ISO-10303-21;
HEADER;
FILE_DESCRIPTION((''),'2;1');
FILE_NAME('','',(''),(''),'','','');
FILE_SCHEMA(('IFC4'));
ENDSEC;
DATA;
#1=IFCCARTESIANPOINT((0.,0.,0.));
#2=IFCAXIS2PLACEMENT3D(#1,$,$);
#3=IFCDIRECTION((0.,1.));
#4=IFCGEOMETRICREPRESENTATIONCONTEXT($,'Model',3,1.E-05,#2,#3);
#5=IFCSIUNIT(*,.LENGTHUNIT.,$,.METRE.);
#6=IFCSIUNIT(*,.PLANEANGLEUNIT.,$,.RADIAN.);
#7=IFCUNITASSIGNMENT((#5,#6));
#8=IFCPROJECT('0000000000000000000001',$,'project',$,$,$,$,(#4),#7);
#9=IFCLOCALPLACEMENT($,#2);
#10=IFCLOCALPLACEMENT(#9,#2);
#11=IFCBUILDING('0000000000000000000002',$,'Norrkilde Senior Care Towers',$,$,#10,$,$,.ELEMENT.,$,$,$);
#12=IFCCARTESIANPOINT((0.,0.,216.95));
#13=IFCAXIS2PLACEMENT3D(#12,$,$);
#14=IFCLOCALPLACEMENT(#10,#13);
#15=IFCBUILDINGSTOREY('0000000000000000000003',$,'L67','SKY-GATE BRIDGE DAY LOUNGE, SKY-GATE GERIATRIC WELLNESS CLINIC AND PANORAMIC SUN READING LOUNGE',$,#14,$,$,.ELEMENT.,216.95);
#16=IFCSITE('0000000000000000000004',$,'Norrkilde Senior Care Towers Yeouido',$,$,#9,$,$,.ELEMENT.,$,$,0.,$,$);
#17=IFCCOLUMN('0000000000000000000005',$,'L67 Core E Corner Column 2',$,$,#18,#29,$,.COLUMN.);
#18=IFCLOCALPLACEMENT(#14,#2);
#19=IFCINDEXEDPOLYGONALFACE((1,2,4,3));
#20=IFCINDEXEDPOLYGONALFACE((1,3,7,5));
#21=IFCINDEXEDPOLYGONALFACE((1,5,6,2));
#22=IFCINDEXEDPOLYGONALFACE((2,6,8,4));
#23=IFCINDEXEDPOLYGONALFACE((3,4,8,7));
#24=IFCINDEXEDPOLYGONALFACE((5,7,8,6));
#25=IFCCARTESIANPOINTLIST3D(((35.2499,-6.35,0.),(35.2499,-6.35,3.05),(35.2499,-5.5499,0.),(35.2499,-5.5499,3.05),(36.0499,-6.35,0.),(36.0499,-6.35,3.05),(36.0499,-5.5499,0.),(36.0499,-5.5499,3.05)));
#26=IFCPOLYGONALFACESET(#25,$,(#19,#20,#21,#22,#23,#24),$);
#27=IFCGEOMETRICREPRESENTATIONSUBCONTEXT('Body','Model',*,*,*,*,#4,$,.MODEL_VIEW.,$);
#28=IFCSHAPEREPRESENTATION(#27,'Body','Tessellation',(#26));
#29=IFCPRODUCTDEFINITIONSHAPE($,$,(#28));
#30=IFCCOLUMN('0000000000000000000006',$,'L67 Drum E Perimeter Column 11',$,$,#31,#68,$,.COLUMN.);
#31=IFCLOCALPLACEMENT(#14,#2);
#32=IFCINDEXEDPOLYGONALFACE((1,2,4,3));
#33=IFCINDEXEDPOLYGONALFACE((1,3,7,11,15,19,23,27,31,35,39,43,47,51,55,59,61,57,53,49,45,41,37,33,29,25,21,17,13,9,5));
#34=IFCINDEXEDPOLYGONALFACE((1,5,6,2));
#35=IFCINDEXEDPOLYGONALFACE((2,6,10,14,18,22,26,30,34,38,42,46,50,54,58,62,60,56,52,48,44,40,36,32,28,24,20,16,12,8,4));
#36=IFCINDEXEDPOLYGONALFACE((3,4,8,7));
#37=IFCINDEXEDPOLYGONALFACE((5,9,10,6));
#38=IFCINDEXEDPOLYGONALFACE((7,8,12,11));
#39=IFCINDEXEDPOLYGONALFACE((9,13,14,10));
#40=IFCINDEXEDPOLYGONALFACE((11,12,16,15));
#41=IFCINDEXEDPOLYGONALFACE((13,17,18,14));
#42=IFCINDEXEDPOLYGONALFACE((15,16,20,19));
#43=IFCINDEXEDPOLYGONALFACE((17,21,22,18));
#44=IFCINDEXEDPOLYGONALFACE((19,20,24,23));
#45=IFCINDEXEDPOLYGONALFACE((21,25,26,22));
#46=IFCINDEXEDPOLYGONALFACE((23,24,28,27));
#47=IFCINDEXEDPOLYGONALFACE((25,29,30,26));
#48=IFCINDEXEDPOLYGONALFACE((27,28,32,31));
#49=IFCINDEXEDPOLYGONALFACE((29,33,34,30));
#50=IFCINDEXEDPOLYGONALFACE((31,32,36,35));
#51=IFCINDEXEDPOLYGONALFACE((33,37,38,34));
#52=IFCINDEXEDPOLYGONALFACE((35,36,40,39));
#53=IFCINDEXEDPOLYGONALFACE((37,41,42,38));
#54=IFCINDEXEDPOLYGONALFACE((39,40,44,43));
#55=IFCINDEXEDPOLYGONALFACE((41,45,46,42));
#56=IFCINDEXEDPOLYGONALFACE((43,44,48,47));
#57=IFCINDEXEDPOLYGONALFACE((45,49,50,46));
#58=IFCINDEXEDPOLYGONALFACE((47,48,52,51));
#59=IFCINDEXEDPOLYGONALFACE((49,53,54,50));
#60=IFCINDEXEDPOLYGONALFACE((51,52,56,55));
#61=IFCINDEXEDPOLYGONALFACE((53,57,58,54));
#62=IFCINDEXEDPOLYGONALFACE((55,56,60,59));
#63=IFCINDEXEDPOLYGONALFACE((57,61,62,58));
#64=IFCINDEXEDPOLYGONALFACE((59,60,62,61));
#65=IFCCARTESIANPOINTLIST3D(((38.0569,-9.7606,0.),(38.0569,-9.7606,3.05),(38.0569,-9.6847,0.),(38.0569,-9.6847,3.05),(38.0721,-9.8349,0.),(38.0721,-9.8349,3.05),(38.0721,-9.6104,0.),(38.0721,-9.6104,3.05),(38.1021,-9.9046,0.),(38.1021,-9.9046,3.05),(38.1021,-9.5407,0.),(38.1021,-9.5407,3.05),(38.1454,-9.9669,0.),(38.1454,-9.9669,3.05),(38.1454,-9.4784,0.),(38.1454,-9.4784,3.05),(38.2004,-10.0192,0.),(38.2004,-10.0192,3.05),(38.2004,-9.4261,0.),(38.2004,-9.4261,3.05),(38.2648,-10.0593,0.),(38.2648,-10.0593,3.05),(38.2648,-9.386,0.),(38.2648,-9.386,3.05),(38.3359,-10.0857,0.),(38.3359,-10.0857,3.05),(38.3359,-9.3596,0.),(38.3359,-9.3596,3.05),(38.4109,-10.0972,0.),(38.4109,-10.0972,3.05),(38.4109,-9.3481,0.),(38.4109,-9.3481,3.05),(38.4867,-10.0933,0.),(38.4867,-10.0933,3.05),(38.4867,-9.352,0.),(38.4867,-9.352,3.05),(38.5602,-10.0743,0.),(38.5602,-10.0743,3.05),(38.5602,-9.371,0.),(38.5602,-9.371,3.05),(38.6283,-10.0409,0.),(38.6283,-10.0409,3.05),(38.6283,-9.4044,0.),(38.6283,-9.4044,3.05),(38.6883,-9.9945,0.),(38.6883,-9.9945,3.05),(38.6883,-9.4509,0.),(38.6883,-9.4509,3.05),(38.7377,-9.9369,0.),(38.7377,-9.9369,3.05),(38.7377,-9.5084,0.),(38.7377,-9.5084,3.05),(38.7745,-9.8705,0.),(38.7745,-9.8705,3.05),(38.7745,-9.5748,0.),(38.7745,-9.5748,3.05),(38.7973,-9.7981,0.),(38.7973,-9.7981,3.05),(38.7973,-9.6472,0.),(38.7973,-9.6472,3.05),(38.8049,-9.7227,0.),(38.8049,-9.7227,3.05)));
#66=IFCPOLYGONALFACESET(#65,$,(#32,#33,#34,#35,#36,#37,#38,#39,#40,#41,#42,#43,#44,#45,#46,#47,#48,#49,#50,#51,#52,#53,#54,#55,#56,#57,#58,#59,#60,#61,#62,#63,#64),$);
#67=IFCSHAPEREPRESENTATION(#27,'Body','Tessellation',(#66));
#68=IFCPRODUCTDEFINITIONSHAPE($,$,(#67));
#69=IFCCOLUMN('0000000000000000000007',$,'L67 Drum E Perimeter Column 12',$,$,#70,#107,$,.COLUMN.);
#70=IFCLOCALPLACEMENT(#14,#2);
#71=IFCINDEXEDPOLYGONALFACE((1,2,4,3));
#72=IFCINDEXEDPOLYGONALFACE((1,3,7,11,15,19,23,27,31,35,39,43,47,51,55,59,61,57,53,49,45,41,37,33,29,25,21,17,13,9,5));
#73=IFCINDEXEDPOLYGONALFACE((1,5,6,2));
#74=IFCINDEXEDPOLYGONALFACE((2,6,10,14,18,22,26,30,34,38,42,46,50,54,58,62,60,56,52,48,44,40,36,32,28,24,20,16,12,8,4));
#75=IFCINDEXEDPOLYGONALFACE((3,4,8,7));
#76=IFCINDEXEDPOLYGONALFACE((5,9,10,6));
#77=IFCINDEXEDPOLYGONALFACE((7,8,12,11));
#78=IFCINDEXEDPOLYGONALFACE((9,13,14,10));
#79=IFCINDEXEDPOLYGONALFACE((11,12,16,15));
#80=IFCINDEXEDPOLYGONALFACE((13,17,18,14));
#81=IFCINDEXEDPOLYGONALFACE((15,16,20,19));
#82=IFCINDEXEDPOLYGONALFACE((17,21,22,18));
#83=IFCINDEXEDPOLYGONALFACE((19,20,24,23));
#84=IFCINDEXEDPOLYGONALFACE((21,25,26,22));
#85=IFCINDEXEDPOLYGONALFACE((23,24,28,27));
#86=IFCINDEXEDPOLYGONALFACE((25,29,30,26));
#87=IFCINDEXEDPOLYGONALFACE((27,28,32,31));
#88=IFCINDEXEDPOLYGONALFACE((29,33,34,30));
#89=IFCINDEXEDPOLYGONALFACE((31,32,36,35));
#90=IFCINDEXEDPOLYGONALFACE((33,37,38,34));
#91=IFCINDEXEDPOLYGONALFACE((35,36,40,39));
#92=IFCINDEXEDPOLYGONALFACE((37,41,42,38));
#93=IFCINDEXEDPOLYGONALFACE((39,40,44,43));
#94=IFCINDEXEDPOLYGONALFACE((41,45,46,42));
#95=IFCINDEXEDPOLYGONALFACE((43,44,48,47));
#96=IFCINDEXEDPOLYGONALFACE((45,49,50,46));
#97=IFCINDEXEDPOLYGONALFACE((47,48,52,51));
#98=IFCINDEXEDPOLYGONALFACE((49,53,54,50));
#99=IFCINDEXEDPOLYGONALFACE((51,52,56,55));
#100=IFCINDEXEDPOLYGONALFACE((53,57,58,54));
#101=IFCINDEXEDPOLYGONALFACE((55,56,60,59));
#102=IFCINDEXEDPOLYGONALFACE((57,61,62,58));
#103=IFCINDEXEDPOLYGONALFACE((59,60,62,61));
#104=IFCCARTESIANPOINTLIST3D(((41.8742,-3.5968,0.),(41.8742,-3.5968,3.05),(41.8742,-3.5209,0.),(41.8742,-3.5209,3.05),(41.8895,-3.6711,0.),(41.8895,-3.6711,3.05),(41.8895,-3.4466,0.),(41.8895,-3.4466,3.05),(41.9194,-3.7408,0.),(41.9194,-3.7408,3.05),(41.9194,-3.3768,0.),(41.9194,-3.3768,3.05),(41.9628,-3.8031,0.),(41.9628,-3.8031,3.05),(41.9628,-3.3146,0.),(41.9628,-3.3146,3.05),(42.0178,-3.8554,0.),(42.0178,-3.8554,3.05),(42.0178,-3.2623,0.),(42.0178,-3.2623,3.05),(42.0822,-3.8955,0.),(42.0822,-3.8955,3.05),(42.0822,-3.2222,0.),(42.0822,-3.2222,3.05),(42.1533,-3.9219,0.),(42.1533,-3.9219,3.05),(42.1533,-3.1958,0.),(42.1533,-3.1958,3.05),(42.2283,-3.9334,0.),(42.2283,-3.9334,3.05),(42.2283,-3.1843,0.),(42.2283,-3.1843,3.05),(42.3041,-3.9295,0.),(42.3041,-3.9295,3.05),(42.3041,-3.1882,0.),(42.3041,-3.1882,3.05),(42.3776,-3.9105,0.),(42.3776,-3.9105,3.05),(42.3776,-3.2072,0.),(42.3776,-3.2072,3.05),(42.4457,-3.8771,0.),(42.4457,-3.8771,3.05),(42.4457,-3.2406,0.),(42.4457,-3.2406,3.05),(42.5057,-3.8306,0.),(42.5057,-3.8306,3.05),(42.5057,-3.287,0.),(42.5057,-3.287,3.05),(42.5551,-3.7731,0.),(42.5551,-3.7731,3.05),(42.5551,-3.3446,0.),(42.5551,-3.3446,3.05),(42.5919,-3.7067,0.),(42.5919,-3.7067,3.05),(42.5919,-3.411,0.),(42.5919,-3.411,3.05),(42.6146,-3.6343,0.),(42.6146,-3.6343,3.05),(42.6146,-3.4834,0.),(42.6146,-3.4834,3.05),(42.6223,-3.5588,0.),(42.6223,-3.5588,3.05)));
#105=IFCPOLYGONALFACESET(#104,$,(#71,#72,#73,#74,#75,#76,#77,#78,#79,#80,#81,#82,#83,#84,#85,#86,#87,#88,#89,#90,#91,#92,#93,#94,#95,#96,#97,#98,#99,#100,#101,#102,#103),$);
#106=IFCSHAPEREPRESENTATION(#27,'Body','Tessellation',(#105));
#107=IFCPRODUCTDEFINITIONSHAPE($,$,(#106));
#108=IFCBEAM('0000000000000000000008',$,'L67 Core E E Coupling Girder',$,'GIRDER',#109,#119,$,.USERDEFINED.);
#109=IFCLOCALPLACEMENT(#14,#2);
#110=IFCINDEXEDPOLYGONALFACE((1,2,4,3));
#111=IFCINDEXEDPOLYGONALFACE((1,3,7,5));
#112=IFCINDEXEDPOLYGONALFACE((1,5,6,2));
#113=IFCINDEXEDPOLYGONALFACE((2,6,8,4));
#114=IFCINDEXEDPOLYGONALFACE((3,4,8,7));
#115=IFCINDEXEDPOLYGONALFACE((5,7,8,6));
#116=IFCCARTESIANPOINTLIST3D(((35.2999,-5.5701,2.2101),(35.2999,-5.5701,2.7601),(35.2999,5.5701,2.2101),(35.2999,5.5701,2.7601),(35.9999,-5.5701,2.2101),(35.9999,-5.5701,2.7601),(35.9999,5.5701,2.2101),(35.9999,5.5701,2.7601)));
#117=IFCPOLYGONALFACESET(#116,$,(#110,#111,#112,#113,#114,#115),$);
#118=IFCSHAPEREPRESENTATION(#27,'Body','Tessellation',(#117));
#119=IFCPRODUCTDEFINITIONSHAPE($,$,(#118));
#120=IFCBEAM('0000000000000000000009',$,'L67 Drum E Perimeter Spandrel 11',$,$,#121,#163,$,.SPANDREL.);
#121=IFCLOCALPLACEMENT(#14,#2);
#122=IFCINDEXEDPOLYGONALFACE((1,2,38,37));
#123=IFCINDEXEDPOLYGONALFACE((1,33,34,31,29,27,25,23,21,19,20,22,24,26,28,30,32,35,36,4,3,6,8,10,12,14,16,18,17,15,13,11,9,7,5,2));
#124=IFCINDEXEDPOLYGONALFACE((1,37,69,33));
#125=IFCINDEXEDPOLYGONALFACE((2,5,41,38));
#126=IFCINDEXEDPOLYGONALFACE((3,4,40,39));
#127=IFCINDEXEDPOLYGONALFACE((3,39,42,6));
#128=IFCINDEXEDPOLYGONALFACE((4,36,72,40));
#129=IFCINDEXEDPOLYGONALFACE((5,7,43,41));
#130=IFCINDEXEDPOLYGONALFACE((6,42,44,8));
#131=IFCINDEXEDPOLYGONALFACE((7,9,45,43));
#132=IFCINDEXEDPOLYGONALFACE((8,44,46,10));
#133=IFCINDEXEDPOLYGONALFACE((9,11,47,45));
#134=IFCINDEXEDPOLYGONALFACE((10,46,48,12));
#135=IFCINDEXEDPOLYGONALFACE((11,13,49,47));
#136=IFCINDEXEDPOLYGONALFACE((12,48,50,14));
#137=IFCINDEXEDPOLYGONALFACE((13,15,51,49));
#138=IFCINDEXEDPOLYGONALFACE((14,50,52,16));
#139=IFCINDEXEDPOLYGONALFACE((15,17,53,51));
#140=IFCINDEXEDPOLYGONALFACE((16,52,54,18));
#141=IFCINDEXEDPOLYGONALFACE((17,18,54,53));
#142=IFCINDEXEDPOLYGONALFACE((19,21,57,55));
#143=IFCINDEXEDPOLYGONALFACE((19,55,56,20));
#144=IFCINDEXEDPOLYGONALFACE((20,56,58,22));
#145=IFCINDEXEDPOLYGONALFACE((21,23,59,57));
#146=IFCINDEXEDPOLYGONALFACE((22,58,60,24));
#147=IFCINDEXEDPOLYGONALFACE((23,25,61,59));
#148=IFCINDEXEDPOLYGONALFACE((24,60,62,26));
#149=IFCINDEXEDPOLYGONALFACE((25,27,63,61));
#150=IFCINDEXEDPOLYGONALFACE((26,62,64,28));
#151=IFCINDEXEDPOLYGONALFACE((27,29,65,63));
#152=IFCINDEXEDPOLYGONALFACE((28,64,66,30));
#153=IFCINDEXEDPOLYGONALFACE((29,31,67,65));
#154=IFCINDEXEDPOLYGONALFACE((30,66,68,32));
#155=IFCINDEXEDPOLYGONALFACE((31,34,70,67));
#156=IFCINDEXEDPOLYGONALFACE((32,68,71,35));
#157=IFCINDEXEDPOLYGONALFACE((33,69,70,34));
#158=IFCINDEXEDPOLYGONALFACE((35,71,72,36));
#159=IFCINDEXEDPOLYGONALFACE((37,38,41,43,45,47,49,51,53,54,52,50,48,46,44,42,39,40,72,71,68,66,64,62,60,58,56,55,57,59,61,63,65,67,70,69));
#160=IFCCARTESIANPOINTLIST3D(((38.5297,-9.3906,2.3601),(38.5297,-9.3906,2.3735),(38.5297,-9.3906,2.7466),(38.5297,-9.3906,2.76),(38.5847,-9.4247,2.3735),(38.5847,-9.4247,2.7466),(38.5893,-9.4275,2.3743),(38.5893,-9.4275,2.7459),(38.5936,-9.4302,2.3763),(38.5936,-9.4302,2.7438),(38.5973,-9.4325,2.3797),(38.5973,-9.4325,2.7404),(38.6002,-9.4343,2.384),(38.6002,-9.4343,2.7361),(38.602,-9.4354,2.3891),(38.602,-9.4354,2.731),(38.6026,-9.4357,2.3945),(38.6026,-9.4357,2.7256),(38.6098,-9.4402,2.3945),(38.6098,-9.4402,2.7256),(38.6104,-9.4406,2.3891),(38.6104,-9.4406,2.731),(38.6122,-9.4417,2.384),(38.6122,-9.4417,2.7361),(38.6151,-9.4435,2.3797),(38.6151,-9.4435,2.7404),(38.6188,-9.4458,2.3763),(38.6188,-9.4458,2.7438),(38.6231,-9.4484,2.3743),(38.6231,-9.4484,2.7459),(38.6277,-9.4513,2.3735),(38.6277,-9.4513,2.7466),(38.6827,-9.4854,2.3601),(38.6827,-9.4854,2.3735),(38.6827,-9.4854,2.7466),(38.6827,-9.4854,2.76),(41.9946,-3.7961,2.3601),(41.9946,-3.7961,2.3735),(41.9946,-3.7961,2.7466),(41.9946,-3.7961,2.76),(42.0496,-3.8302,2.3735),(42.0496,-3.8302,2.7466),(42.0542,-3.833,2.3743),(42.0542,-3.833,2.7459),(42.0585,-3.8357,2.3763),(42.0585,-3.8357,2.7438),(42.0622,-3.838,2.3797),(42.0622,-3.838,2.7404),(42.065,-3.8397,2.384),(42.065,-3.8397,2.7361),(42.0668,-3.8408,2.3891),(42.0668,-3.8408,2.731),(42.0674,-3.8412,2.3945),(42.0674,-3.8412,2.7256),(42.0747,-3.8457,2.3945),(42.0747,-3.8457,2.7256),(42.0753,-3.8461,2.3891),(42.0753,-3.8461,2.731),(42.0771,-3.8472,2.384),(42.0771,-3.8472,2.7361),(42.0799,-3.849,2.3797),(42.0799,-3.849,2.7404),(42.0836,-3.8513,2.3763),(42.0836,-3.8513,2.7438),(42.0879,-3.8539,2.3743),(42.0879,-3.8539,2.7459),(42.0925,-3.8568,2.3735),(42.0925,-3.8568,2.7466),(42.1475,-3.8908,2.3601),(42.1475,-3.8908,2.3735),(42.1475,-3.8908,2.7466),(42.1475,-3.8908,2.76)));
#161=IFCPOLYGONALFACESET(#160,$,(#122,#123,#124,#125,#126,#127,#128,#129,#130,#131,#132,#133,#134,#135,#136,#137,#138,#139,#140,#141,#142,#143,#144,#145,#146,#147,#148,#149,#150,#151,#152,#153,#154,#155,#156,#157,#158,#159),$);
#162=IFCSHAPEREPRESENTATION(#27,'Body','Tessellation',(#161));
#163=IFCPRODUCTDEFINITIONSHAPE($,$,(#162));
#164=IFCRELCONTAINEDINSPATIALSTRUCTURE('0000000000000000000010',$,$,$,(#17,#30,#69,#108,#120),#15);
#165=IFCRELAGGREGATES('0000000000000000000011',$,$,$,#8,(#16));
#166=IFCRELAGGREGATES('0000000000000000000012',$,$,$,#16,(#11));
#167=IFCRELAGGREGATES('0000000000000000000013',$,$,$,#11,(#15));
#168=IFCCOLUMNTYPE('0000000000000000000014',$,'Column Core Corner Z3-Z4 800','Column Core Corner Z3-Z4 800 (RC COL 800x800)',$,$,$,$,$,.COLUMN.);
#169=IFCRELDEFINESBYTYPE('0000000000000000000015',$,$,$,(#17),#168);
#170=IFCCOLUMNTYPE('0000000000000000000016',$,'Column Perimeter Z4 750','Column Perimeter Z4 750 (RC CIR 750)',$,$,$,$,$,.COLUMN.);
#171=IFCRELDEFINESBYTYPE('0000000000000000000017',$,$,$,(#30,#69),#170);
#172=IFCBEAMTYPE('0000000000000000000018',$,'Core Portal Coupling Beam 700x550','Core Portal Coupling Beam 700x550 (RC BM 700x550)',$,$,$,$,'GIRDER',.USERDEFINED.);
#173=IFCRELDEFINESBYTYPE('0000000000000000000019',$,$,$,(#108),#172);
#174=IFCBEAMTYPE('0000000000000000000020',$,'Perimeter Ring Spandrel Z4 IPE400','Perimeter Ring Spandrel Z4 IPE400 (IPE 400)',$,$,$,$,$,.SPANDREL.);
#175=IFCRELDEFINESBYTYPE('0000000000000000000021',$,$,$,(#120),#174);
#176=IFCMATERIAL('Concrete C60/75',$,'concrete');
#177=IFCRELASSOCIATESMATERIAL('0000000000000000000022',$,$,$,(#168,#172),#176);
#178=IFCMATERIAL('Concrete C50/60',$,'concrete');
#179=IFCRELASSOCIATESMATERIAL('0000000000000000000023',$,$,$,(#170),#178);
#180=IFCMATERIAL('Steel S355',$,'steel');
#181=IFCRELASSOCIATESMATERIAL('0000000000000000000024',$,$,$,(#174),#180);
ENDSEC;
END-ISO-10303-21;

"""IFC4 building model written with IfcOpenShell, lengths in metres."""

from ifc_helpers import new_model, si_unit, direction, frame, origin, origin_2d, place, context, subcontext, project, spatial, rectangle, circle, i_section, extrude, source, transform, mapped, material, material_profile, profile_set, type_object, type_shapes, element, save


model = new_model("IFC4")

# Units and contexts
model_context = context("Model", 3, precision=1e-05, world=origin(), true_north=direction((0.0, 1.0)))
body_context = subcontext(model_context, "Body", "Model", "MODEL_VIEW")
ifc_project = project(units=[si_unit("LENGTHUNIT", "METRE"), si_unit("PLANEANGLEUNIT", "RADIAN")], contexts=[model_context])

# Site, building, storey
site_placement = place(None, origin())
site = spatial("IfcSite", under=ifc_project, at=site_placement, Name="Norrkilde Senior Care Towers Yeouido", CompositionType="ELEMENT", RefElevation=0.0)
building_placement = place(site_placement, origin())
building = spatial("IfcBuilding", under=site, at=building_placement, Name="Norrkilde Senior Care Towers", CompositionType="ELEMENT")
storey_placement = place(building_placement, frame((0.0, 0.0, 216.95)))
storey = spatial("IfcBuildingStorey", under=building, at=storey_placement, Name="L67", Description="SKY-GATE BRIDGE DAY LOUNGE, SKY-GATE GERIATRIC WELLNESS CLINIC AND PANORAMIC SUN READING LOUNGE", CompositionType="ELEMENT", Elevation=216.95)

# Columns
ifc_material_1 = material(Name="Concrete C60/75", Category="concrete")
ifc_material_profile_1 = material_profile(ifc_material_1, rectangle(XDim=0.8, YDim=0.8, at=origin_2d()), Name="RC COL 800x800")
ifc_profile_set_1 = profile_set([ifc_material_profile_1], Name="Concrete C60/75")
column_type_1 = type_object("IfcColumnType", Name="Column Core Corner Z3-Z4 800", Description="Column Core Corner Z3-Z4 800 (RC COL 800x800)", PredefinedType="COLUMN", material=ifc_profile_set_1)
shared_shape_1 = source(origin(), body_context, "Body", "SweptSolid", [
    extrude(rectangle(XDim=0.8, YDim=0.8, at=origin_2d()), origin(), (0.0, 0.0, 1.0), 3.05),
])
type_shapes(column_type_1, [shared_shape_1])
column_placement = place(storey_placement, frame((35.6499, -5.95, 0.0), z_axis=(0.0, 0.0, 1.0), x_axis=(1.0, 0.0, 0.0)))
element("IfcColumn", 1, at=column_placement, inside=storey, type_object=column_type_1, Name="L67 Core E Corner Column 2", PredefinedType="COLUMN", context=body_context, shape_type="MappedRepresentation", body=[
    mapped(shared_shape_1, transform((0.0, 0.0, 0.0), x_axis=(1.0, 0.0, 0.0), y_axis=(0.0, 1.0, 0.0), z_axis=(0.0, 0.0, 1.0), scale=1.0)),
])
ifc_material_2 = material(Name="Concrete C50/60", Category="concrete")
ifc_material_profile_2 = material_profile(ifc_material_2, circle(Radius=0.375, at=origin_2d()), Name="RC CIR 750")
ifc_profile_set_2 = profile_set([ifc_material_profile_2], Name="Concrete C50/60")
column_type_2 = type_object("IfcColumnType", Name="Column Perimeter Z4 750", Description="Column Perimeter Z4 750 (RC CIR 750)", PredefinedType="COLUMN", material=ifc_profile_set_2)
shared_shape_2 = source(origin(), body_context, "Body", "SweptSolid", [
    extrude(circle(Radius=0.375, at=origin_2d()), origin(), (0.0, 0.0, 1.0), 3.05),
])
type_shapes(column_type_2, [shared_shape_2])
for number, where, z_axis, x_axis, name in (
    (2, (38.4299, -9.7227, 0.0), (0.0, 0.0, 1.0), (1.0, 0.0, 0.0), "L67 Drum E Perimeter Column 11"),
    (3, (42.2473, -3.5588, 0.0), (0.0, 0.0, 1.0), (1.0, 0.0, 0.0), "L67 Drum E Perimeter Column 12"),
):
    element("IfcColumn", number, at=place(storey_placement, frame(where, z_axis=z_axis, x_axis=x_axis)), inside=storey, type_object=column_type_2, Name=name, PredefinedType="COLUMN", context=body_context, shape_type="MappedRepresentation", body=[
        mapped(shared_shape_2, transform((0.0, 0.0, 0.0), x_axis=(1.0, 0.0, 0.0), y_axis=(0.0, 1.0, 0.0), z_axis=(0.0, 0.0, 1.0), scale=1.0)),
    ])

# Beams
ifc_material_profile_3 = material_profile(ifc_material_1, rectangle(XDim=0.7, YDim=0.55, at=origin_2d()), Name="RC BM 700x550")
ifc_profile_set_3 = profile_set([ifc_material_profile_3], Name="Concrete C60/75")
beam_type_1 = type_object("IfcBeamType", Name="Core Portal Coupling Beam 700x550", Description="Core Portal Coupling Beam 700x550 (RC BM 700x550)", ElementType="GIRDER", PredefinedType="USERDEFINED", material=ifc_profile_set_3)
shared_shape_3 = source(origin(), body_context, "Body", "SweptSolid", [
    extrude(rectangle(XDim=0.7, YDim=0.55, at=origin_2d()), origin(), (0.0, 0.0, 1.0), 11.1401),
])
type_shapes(beam_type_1, [shared_shape_3])
beam_1_placement = place(storey_placement, frame((35.6499, -5.5701, 2.4851), z_axis=(0.0, 1.0, 0.0), x_axis=(-1.0, 0.0, 0.0)))
element("IfcBeam", 4, at=beam_1_placement, inside=storey, type_object=beam_type_1, Name="L67 Core E E Coupling Girder", ObjectType="GIRDER", PredefinedType="USERDEFINED", context=body_context, shape_type="MappedRepresentation", body=[
    mapped(shared_shape_3, transform((0.0, 0.0, 0.0), x_axis=(1.0, 0.0, 0.0), y_axis=(0.0, 1.0, 0.0), z_axis=(0.0, 0.0, 1.0), scale=1.0)),
])
ifc_material_3 = material(Name="Steel S355", Category="steel")
ifc_material_profile_4 = material_profile(ifc_material_3, i_section(OverallWidth=0.1799, OverallDepth=0.3999, WebThickness=0.0085, FlangeThickness=0.0134, FilletRadius=0.021, at=origin_2d()), Name="IPE 400")
ifc_profile_set_4 = profile_set([ifc_material_profile_4], Name="Steel S355")
beam_type_2 = type_object("IfcBeamType", Name="Perimeter Ring Spandrel Z4 IPE400", Description="Perimeter Ring Spandrel Z4 IPE400 (IPE 400)", PredefinedType="SPANDREL", material=ifc_profile_set_4)
shared_shape_4 = source(origin(), body_context, "Body", "SweptSolid", [
    extrude(i_section(OverallWidth=0.1799, OverallDepth=0.3999, WebThickness=0.0085, FlangeThickness=0.0134, FilletRadius=0.021, at=origin_2d()), origin(), (0.0, 0.0, 1.0), 6.5806),
])
beam_2_placement = place(storey_placement, frame((38.6062, -9.438, 2.5601), z_axis=(0.52653, 0.850157, 0.0), x_axis=(-0.850157, 0.52653, 0.0)))
element("IfcBeam", 5, at=beam_2_placement, inside=storey, type_object=beam_type_2, Name="L67 Drum E Perimeter Spandrel 11", PredefinedType="SPANDREL", context=body_context, shape_type="MappedRepresentation", body=[
    mapped(shared_shape_4, transform((0.0, 0.0, 0.0), x_axis=(1.0, 0.0, 0.0), y_axis=(0.0, 1.0, 0.0), z_axis=(0.0, 0.0, 1.0), scale=1.0)),
])

save(model, "model.ifc")
